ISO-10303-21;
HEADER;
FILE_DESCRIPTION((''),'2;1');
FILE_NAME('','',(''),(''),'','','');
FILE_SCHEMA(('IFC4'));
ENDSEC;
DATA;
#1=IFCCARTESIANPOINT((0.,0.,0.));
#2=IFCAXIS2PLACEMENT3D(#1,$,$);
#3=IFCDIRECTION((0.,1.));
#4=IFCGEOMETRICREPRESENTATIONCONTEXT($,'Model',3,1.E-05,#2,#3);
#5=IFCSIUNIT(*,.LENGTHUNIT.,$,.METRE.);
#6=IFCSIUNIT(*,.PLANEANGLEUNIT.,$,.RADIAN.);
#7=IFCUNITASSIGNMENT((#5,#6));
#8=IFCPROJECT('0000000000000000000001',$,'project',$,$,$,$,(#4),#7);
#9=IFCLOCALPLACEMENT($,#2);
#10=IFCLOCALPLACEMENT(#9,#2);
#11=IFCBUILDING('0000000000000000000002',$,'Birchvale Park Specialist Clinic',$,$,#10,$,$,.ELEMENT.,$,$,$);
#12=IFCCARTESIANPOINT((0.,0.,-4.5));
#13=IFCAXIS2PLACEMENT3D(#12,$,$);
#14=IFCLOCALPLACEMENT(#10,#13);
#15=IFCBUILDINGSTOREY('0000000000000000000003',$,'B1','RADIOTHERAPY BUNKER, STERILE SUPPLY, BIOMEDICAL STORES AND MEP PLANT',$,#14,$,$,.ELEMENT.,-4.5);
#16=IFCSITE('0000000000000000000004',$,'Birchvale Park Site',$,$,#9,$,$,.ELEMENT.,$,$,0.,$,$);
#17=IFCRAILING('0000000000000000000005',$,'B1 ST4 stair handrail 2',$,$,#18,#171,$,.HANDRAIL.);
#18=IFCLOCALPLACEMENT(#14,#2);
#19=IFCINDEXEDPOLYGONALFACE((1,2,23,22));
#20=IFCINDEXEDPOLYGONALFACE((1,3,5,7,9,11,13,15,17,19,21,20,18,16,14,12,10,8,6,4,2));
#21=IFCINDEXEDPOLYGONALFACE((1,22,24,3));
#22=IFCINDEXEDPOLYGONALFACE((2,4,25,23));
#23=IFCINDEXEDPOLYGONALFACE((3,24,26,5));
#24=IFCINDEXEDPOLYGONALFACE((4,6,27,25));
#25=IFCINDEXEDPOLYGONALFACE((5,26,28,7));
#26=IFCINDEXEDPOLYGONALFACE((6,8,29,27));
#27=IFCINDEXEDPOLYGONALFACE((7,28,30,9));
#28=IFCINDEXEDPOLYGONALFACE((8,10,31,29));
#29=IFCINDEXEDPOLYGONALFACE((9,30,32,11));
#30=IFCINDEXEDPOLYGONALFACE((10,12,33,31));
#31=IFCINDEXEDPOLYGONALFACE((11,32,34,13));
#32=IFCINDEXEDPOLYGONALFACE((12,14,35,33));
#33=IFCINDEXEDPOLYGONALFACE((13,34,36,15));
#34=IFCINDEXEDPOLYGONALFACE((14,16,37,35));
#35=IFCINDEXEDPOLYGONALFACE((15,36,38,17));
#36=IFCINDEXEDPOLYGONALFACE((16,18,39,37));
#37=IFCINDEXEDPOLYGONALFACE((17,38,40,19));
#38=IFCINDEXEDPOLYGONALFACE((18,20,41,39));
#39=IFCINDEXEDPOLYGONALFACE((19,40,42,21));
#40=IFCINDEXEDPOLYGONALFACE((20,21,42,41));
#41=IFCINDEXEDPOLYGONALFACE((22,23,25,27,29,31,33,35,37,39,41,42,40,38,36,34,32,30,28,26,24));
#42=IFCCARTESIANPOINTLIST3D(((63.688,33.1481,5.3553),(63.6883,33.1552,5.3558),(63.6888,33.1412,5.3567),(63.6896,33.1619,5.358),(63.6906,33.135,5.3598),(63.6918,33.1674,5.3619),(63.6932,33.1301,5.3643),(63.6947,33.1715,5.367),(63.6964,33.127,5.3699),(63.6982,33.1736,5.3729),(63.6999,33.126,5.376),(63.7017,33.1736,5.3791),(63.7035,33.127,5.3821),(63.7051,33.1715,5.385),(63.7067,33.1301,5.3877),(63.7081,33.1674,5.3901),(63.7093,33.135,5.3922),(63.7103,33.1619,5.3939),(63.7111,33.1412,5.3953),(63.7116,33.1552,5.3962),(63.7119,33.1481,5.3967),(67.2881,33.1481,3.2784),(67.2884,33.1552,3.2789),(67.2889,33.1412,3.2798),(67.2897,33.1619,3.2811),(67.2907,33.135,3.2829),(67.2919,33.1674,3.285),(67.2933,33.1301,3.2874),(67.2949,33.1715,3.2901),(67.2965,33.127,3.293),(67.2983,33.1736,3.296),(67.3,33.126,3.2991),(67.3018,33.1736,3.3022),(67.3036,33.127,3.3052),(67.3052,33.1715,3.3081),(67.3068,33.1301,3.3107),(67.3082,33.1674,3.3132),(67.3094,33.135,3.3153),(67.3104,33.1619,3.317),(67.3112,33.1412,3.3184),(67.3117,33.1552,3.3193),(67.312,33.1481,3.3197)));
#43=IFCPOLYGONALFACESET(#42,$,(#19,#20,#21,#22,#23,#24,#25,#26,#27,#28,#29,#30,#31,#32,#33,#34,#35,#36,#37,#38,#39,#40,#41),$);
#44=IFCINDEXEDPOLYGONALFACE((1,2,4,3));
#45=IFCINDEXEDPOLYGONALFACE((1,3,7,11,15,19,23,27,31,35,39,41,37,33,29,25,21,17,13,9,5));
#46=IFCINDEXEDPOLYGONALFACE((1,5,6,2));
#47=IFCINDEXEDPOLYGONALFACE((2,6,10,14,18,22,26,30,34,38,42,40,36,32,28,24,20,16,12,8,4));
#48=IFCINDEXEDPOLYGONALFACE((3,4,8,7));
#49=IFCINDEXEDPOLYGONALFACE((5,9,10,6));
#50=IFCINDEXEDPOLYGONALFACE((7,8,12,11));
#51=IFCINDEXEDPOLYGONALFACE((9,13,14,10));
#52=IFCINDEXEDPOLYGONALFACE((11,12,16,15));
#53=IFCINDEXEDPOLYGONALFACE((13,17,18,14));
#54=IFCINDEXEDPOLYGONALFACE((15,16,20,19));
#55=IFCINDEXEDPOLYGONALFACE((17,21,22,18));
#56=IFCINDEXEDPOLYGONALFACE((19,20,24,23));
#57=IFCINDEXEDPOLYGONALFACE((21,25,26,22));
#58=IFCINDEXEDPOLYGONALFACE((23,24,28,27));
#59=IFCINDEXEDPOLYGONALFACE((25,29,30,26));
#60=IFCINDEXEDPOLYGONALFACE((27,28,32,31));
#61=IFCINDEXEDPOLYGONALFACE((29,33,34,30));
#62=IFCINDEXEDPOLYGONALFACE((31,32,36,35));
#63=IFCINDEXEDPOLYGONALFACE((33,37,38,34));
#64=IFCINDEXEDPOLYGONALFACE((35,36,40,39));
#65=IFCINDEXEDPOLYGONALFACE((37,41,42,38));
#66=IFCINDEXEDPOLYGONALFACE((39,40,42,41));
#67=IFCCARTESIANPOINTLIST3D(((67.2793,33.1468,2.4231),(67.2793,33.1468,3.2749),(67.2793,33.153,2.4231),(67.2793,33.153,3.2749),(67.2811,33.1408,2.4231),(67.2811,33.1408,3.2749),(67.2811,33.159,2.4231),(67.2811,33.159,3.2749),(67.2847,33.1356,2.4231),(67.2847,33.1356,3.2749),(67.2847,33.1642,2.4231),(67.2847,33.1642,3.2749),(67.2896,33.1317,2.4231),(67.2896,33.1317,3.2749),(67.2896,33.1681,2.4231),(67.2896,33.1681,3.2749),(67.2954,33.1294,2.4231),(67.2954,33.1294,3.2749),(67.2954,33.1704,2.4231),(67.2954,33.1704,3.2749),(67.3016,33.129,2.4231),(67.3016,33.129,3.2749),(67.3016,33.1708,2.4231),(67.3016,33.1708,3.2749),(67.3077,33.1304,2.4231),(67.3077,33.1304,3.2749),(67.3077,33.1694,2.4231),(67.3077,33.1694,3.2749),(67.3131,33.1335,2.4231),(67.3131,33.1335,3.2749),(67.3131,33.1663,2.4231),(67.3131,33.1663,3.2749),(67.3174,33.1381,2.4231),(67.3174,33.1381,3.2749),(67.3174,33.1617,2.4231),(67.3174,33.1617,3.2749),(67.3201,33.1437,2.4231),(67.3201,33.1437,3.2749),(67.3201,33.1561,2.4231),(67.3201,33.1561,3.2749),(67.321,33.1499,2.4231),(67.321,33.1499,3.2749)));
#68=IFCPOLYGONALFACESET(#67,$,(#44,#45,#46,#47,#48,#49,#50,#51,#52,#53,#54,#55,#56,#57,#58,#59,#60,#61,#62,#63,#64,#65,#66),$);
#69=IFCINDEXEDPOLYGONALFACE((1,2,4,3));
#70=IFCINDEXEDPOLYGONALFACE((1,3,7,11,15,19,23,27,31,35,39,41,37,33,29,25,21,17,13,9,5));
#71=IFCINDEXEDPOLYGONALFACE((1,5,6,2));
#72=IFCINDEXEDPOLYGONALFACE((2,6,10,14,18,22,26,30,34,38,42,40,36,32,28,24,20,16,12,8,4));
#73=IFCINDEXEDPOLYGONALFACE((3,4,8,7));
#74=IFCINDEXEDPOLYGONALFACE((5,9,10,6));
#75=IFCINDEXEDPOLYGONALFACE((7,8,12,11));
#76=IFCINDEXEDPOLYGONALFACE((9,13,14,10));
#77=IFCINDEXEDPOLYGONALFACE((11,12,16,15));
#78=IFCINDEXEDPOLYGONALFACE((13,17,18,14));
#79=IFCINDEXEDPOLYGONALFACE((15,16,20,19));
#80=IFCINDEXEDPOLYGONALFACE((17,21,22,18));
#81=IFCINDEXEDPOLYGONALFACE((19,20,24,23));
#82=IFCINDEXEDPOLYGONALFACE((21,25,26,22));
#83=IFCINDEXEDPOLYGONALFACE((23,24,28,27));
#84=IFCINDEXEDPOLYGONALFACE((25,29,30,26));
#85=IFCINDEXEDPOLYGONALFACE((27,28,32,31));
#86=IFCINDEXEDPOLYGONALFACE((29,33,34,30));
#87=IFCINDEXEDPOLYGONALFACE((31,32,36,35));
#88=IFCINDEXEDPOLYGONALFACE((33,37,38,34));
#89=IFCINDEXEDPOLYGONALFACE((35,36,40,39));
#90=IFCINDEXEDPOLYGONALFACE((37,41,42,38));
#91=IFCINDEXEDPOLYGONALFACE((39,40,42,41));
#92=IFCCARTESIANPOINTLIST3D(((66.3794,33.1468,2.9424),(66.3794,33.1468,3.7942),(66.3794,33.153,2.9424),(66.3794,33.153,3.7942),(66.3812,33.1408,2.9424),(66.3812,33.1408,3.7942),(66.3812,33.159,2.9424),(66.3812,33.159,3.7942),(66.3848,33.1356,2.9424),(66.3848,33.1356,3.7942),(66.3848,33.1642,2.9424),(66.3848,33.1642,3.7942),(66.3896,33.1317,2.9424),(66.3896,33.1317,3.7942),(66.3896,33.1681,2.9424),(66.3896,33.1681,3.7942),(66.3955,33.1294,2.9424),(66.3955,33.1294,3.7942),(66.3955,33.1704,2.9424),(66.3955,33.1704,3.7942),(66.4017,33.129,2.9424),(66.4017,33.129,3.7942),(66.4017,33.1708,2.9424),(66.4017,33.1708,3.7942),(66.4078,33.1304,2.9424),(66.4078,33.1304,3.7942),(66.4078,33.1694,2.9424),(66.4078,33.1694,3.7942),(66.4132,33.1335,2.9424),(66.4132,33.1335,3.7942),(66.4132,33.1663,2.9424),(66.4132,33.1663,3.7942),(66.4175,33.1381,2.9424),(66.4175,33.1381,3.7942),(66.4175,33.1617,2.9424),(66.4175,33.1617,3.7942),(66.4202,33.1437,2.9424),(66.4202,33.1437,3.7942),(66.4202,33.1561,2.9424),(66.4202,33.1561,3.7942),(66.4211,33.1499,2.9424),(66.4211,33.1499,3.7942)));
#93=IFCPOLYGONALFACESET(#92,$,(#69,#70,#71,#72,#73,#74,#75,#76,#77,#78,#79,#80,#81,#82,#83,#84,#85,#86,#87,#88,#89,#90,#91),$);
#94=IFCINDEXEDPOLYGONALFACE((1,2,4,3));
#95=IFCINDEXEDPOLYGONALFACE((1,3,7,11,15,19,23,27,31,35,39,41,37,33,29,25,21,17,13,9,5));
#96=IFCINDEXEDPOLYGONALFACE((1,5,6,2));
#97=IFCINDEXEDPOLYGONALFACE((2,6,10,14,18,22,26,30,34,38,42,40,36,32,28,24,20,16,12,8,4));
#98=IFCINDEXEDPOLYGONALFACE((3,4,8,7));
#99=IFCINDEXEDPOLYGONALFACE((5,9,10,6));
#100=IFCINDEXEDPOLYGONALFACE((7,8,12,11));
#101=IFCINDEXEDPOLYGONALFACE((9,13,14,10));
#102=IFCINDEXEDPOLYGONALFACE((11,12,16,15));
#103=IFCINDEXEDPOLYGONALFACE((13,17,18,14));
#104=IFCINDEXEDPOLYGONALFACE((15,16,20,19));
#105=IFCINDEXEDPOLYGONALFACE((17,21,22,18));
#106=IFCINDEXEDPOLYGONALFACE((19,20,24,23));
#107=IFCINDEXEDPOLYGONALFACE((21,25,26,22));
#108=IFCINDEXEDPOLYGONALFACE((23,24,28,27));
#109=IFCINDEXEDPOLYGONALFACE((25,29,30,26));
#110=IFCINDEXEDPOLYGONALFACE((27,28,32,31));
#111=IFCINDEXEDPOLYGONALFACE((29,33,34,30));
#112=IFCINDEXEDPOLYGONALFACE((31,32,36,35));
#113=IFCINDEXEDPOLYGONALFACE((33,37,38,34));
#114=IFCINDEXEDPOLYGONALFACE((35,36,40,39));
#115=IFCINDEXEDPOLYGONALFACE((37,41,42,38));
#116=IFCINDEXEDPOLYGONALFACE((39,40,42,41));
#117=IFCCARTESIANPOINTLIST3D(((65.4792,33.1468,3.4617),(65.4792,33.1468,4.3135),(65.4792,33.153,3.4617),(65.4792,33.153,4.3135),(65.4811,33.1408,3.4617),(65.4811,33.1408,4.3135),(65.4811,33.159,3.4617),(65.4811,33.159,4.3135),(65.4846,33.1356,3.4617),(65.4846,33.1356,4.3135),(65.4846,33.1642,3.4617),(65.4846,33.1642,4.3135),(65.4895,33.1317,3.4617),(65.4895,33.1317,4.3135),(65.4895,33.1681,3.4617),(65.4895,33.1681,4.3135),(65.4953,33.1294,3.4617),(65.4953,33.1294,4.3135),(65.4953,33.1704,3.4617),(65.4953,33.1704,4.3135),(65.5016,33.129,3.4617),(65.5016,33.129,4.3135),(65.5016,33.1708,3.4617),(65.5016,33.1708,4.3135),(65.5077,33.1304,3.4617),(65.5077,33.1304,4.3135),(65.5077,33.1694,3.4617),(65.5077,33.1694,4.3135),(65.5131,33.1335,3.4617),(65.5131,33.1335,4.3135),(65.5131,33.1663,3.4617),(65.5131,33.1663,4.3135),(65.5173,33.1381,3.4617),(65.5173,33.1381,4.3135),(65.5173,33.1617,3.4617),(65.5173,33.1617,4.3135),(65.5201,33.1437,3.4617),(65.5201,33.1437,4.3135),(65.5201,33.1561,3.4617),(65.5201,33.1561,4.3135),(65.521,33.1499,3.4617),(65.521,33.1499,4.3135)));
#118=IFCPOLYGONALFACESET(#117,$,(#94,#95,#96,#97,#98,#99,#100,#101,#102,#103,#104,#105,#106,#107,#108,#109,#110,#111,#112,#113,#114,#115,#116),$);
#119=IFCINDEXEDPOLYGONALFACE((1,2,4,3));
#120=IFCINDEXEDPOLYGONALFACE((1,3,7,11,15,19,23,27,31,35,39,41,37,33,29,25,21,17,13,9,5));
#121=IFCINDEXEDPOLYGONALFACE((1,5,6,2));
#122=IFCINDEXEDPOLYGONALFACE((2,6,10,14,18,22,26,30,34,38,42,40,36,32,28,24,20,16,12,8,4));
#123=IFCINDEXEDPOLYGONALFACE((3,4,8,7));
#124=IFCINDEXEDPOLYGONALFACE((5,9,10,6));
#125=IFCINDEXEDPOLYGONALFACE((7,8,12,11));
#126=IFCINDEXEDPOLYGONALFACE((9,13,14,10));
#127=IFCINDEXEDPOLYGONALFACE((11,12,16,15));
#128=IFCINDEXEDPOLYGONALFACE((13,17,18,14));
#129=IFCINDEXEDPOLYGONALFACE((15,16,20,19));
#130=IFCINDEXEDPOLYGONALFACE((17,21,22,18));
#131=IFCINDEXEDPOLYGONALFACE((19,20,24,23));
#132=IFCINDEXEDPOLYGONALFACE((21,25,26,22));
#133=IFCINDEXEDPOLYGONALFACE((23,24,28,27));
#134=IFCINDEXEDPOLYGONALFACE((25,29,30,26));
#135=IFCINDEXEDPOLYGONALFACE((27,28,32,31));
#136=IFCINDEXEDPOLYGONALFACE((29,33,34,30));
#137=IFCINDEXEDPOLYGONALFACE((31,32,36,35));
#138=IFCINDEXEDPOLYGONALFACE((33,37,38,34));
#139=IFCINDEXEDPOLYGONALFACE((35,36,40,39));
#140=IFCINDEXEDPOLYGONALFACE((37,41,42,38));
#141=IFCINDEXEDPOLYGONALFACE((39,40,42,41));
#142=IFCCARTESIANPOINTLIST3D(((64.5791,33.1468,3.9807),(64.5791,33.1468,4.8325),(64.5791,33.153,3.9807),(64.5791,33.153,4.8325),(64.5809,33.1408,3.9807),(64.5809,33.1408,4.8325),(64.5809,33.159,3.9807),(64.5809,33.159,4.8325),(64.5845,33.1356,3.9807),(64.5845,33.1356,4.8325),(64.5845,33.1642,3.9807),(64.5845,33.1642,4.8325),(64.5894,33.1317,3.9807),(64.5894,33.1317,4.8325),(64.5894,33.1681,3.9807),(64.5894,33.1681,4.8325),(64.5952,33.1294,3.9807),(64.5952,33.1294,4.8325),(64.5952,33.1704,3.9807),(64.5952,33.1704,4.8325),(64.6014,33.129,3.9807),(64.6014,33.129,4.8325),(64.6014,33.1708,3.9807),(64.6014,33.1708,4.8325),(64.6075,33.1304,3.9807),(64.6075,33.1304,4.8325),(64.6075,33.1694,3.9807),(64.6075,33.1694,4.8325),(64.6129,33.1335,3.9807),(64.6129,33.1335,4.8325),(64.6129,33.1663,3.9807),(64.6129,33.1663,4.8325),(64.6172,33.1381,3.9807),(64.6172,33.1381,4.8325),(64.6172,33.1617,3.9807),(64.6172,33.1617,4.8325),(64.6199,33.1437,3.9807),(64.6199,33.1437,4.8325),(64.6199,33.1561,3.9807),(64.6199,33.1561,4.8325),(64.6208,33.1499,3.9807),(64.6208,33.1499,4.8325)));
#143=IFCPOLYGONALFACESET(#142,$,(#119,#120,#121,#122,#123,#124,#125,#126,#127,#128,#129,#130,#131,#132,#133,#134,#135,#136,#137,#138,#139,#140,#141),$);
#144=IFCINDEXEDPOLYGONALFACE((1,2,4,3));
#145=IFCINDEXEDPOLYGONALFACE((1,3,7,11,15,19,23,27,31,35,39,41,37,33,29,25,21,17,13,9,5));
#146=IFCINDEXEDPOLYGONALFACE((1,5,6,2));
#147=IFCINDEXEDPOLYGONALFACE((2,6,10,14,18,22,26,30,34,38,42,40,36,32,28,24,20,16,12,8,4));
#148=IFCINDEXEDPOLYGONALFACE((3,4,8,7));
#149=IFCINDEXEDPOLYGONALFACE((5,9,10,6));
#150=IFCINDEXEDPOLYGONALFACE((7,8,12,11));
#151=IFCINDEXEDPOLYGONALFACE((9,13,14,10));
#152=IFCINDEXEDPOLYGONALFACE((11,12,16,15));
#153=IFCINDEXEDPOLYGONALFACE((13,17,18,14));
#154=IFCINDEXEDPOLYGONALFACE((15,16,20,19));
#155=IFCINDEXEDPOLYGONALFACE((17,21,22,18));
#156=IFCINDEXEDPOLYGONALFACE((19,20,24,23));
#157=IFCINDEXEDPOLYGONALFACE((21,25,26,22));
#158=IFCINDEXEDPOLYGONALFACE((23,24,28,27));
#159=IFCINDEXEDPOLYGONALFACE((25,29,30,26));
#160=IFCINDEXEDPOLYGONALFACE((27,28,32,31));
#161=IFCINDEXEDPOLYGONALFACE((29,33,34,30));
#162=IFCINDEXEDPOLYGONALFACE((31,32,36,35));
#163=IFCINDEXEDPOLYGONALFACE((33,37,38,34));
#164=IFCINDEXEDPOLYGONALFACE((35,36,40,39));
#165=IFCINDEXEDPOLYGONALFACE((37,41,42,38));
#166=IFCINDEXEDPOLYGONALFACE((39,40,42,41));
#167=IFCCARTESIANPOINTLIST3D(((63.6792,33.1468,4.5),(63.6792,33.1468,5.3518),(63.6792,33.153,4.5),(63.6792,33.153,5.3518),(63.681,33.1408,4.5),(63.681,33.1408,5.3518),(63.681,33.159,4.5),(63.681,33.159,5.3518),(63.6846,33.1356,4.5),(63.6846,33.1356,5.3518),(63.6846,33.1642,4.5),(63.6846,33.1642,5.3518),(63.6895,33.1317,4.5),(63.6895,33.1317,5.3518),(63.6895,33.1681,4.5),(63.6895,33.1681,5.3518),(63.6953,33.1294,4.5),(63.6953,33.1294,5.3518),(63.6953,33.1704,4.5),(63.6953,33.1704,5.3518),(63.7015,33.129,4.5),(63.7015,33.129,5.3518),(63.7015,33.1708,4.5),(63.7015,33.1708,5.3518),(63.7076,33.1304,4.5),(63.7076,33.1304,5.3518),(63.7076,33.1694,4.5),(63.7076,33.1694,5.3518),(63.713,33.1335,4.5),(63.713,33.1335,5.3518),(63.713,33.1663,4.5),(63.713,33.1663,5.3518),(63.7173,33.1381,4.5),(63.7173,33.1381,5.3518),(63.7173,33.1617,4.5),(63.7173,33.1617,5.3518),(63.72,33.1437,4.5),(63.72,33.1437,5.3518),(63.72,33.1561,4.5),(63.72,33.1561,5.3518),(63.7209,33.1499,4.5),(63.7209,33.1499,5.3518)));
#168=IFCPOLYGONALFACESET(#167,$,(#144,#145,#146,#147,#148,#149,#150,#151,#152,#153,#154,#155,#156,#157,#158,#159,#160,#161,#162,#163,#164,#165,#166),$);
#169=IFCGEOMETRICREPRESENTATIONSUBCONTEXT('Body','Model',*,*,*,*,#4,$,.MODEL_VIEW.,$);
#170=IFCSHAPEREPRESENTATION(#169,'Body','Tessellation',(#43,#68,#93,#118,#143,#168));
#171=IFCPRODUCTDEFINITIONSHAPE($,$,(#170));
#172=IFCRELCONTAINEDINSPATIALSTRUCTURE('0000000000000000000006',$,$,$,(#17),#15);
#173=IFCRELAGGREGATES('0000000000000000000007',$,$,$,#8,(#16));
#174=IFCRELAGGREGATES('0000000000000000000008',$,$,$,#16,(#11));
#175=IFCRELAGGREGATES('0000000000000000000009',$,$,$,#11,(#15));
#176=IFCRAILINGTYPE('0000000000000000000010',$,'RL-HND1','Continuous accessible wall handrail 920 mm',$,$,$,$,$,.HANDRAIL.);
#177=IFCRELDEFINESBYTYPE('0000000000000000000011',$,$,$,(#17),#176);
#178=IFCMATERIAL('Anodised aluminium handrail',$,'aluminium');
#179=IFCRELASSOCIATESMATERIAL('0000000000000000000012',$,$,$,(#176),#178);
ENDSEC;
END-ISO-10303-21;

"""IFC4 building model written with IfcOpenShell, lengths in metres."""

from ifc_helpers import new_model, si_unit, direction, frame, origin, origin_2d, place, context, subcontext, project, spatial, circle, extrude, material, type_object, element, save


model = new_model("IFC4")

# Units and contexts
model_context = context("Model", 3, precision=1e-05, world=origin(), true_north=direction((0.0, 1.0)))
body_context = subcontext(model_context, "Body", "Model", "MODEL_VIEW")
ifc_project = project(units=[si_unit("LENGTHUNIT", "METRE"), si_unit("PLANEANGLEUNIT", "RADIAN")], contexts=[model_context])

# Site, building, storey
site_placement = place(None, origin())
site = spatial("IfcSite", under=ifc_project, at=site_placement, Name="Birchvale Park Site", CompositionType="ELEMENT", RefElevation=0.0)
building_placement = place(site_placement, origin())
building = spatial("IfcBuilding", under=site, at=building_placement, Name="Birchvale Park Specialist Clinic", CompositionType="ELEMENT")
storey_placement = place(building_placement, frame((0.0, 0.0, -4.5)))
storey = spatial("IfcBuildingStorey", under=building, at=storey_placement, Name="B1", Description="RADIOTHERAPY BUNKER, STERILE SUPPLY, BIOMEDICAL STORES AND MEP PLANT", CompositionType="ELEMENT", Elevation=-4.5)

# Railing
ifc_material_1 = material(Name="Anodised aluminium handrail", Category="aluminium")
railing_type_1 = type_object("IfcRailingType", Name="RL-HND1", Description="Continuous accessible wall handrail 920 mm", PredefinedType="HANDRAIL", material=ifc_material_1)
railing_1_placement = place(storey_placement, frame((67.3, 33.1499, 2.4231)))
element("IfcRailing", 1, at=railing_1_placement, inside=storey, type_object=railing_type_1, Name="B1 ST4 stair handrail 2", PredefinedType="HANDRAIL", context=body_context, shape_type="SweptSolid", body=[
    extrude(circle(Radius=0.0239, at=origin_2d()), frame((0.0, 0.0, 0.876), z_axis=(-0.866193, 0.0, 0.499709), x_axis=(0.0, -1.0, 0.0)), (0.0, 0.0, 1.0), 4.1562),
    extrude(circle(Radius=0.021, at=origin_2d()), origin(), (0.0, 0.0, 1.0), 0.8518),
    extrude(circle(Radius=0.021, at=origin_2d()), frame((-0.8999, 0.0, 0.5193)), (0.0, 0.0, 1.0), 0.8518),
    extrude(circle(Radius=0.021, at=origin_2d()), frame((-1.8, 0.0, 1.0386)), (0.0, 0.0, 1.0), 0.8518),
    extrude(circle(Radius=0.021, at=origin_2d()), frame((-2.7002, 0.0, 1.5576)), (0.0, 0.0, 1.0), 0.8518),
    extrude(circle(Radius=0.021, at=origin_2d()), frame((-3.6001, 0.0, 2.0769)), (0.0, 0.0, 1.0), 0.8518),
])

save(model, "model.ifc")
